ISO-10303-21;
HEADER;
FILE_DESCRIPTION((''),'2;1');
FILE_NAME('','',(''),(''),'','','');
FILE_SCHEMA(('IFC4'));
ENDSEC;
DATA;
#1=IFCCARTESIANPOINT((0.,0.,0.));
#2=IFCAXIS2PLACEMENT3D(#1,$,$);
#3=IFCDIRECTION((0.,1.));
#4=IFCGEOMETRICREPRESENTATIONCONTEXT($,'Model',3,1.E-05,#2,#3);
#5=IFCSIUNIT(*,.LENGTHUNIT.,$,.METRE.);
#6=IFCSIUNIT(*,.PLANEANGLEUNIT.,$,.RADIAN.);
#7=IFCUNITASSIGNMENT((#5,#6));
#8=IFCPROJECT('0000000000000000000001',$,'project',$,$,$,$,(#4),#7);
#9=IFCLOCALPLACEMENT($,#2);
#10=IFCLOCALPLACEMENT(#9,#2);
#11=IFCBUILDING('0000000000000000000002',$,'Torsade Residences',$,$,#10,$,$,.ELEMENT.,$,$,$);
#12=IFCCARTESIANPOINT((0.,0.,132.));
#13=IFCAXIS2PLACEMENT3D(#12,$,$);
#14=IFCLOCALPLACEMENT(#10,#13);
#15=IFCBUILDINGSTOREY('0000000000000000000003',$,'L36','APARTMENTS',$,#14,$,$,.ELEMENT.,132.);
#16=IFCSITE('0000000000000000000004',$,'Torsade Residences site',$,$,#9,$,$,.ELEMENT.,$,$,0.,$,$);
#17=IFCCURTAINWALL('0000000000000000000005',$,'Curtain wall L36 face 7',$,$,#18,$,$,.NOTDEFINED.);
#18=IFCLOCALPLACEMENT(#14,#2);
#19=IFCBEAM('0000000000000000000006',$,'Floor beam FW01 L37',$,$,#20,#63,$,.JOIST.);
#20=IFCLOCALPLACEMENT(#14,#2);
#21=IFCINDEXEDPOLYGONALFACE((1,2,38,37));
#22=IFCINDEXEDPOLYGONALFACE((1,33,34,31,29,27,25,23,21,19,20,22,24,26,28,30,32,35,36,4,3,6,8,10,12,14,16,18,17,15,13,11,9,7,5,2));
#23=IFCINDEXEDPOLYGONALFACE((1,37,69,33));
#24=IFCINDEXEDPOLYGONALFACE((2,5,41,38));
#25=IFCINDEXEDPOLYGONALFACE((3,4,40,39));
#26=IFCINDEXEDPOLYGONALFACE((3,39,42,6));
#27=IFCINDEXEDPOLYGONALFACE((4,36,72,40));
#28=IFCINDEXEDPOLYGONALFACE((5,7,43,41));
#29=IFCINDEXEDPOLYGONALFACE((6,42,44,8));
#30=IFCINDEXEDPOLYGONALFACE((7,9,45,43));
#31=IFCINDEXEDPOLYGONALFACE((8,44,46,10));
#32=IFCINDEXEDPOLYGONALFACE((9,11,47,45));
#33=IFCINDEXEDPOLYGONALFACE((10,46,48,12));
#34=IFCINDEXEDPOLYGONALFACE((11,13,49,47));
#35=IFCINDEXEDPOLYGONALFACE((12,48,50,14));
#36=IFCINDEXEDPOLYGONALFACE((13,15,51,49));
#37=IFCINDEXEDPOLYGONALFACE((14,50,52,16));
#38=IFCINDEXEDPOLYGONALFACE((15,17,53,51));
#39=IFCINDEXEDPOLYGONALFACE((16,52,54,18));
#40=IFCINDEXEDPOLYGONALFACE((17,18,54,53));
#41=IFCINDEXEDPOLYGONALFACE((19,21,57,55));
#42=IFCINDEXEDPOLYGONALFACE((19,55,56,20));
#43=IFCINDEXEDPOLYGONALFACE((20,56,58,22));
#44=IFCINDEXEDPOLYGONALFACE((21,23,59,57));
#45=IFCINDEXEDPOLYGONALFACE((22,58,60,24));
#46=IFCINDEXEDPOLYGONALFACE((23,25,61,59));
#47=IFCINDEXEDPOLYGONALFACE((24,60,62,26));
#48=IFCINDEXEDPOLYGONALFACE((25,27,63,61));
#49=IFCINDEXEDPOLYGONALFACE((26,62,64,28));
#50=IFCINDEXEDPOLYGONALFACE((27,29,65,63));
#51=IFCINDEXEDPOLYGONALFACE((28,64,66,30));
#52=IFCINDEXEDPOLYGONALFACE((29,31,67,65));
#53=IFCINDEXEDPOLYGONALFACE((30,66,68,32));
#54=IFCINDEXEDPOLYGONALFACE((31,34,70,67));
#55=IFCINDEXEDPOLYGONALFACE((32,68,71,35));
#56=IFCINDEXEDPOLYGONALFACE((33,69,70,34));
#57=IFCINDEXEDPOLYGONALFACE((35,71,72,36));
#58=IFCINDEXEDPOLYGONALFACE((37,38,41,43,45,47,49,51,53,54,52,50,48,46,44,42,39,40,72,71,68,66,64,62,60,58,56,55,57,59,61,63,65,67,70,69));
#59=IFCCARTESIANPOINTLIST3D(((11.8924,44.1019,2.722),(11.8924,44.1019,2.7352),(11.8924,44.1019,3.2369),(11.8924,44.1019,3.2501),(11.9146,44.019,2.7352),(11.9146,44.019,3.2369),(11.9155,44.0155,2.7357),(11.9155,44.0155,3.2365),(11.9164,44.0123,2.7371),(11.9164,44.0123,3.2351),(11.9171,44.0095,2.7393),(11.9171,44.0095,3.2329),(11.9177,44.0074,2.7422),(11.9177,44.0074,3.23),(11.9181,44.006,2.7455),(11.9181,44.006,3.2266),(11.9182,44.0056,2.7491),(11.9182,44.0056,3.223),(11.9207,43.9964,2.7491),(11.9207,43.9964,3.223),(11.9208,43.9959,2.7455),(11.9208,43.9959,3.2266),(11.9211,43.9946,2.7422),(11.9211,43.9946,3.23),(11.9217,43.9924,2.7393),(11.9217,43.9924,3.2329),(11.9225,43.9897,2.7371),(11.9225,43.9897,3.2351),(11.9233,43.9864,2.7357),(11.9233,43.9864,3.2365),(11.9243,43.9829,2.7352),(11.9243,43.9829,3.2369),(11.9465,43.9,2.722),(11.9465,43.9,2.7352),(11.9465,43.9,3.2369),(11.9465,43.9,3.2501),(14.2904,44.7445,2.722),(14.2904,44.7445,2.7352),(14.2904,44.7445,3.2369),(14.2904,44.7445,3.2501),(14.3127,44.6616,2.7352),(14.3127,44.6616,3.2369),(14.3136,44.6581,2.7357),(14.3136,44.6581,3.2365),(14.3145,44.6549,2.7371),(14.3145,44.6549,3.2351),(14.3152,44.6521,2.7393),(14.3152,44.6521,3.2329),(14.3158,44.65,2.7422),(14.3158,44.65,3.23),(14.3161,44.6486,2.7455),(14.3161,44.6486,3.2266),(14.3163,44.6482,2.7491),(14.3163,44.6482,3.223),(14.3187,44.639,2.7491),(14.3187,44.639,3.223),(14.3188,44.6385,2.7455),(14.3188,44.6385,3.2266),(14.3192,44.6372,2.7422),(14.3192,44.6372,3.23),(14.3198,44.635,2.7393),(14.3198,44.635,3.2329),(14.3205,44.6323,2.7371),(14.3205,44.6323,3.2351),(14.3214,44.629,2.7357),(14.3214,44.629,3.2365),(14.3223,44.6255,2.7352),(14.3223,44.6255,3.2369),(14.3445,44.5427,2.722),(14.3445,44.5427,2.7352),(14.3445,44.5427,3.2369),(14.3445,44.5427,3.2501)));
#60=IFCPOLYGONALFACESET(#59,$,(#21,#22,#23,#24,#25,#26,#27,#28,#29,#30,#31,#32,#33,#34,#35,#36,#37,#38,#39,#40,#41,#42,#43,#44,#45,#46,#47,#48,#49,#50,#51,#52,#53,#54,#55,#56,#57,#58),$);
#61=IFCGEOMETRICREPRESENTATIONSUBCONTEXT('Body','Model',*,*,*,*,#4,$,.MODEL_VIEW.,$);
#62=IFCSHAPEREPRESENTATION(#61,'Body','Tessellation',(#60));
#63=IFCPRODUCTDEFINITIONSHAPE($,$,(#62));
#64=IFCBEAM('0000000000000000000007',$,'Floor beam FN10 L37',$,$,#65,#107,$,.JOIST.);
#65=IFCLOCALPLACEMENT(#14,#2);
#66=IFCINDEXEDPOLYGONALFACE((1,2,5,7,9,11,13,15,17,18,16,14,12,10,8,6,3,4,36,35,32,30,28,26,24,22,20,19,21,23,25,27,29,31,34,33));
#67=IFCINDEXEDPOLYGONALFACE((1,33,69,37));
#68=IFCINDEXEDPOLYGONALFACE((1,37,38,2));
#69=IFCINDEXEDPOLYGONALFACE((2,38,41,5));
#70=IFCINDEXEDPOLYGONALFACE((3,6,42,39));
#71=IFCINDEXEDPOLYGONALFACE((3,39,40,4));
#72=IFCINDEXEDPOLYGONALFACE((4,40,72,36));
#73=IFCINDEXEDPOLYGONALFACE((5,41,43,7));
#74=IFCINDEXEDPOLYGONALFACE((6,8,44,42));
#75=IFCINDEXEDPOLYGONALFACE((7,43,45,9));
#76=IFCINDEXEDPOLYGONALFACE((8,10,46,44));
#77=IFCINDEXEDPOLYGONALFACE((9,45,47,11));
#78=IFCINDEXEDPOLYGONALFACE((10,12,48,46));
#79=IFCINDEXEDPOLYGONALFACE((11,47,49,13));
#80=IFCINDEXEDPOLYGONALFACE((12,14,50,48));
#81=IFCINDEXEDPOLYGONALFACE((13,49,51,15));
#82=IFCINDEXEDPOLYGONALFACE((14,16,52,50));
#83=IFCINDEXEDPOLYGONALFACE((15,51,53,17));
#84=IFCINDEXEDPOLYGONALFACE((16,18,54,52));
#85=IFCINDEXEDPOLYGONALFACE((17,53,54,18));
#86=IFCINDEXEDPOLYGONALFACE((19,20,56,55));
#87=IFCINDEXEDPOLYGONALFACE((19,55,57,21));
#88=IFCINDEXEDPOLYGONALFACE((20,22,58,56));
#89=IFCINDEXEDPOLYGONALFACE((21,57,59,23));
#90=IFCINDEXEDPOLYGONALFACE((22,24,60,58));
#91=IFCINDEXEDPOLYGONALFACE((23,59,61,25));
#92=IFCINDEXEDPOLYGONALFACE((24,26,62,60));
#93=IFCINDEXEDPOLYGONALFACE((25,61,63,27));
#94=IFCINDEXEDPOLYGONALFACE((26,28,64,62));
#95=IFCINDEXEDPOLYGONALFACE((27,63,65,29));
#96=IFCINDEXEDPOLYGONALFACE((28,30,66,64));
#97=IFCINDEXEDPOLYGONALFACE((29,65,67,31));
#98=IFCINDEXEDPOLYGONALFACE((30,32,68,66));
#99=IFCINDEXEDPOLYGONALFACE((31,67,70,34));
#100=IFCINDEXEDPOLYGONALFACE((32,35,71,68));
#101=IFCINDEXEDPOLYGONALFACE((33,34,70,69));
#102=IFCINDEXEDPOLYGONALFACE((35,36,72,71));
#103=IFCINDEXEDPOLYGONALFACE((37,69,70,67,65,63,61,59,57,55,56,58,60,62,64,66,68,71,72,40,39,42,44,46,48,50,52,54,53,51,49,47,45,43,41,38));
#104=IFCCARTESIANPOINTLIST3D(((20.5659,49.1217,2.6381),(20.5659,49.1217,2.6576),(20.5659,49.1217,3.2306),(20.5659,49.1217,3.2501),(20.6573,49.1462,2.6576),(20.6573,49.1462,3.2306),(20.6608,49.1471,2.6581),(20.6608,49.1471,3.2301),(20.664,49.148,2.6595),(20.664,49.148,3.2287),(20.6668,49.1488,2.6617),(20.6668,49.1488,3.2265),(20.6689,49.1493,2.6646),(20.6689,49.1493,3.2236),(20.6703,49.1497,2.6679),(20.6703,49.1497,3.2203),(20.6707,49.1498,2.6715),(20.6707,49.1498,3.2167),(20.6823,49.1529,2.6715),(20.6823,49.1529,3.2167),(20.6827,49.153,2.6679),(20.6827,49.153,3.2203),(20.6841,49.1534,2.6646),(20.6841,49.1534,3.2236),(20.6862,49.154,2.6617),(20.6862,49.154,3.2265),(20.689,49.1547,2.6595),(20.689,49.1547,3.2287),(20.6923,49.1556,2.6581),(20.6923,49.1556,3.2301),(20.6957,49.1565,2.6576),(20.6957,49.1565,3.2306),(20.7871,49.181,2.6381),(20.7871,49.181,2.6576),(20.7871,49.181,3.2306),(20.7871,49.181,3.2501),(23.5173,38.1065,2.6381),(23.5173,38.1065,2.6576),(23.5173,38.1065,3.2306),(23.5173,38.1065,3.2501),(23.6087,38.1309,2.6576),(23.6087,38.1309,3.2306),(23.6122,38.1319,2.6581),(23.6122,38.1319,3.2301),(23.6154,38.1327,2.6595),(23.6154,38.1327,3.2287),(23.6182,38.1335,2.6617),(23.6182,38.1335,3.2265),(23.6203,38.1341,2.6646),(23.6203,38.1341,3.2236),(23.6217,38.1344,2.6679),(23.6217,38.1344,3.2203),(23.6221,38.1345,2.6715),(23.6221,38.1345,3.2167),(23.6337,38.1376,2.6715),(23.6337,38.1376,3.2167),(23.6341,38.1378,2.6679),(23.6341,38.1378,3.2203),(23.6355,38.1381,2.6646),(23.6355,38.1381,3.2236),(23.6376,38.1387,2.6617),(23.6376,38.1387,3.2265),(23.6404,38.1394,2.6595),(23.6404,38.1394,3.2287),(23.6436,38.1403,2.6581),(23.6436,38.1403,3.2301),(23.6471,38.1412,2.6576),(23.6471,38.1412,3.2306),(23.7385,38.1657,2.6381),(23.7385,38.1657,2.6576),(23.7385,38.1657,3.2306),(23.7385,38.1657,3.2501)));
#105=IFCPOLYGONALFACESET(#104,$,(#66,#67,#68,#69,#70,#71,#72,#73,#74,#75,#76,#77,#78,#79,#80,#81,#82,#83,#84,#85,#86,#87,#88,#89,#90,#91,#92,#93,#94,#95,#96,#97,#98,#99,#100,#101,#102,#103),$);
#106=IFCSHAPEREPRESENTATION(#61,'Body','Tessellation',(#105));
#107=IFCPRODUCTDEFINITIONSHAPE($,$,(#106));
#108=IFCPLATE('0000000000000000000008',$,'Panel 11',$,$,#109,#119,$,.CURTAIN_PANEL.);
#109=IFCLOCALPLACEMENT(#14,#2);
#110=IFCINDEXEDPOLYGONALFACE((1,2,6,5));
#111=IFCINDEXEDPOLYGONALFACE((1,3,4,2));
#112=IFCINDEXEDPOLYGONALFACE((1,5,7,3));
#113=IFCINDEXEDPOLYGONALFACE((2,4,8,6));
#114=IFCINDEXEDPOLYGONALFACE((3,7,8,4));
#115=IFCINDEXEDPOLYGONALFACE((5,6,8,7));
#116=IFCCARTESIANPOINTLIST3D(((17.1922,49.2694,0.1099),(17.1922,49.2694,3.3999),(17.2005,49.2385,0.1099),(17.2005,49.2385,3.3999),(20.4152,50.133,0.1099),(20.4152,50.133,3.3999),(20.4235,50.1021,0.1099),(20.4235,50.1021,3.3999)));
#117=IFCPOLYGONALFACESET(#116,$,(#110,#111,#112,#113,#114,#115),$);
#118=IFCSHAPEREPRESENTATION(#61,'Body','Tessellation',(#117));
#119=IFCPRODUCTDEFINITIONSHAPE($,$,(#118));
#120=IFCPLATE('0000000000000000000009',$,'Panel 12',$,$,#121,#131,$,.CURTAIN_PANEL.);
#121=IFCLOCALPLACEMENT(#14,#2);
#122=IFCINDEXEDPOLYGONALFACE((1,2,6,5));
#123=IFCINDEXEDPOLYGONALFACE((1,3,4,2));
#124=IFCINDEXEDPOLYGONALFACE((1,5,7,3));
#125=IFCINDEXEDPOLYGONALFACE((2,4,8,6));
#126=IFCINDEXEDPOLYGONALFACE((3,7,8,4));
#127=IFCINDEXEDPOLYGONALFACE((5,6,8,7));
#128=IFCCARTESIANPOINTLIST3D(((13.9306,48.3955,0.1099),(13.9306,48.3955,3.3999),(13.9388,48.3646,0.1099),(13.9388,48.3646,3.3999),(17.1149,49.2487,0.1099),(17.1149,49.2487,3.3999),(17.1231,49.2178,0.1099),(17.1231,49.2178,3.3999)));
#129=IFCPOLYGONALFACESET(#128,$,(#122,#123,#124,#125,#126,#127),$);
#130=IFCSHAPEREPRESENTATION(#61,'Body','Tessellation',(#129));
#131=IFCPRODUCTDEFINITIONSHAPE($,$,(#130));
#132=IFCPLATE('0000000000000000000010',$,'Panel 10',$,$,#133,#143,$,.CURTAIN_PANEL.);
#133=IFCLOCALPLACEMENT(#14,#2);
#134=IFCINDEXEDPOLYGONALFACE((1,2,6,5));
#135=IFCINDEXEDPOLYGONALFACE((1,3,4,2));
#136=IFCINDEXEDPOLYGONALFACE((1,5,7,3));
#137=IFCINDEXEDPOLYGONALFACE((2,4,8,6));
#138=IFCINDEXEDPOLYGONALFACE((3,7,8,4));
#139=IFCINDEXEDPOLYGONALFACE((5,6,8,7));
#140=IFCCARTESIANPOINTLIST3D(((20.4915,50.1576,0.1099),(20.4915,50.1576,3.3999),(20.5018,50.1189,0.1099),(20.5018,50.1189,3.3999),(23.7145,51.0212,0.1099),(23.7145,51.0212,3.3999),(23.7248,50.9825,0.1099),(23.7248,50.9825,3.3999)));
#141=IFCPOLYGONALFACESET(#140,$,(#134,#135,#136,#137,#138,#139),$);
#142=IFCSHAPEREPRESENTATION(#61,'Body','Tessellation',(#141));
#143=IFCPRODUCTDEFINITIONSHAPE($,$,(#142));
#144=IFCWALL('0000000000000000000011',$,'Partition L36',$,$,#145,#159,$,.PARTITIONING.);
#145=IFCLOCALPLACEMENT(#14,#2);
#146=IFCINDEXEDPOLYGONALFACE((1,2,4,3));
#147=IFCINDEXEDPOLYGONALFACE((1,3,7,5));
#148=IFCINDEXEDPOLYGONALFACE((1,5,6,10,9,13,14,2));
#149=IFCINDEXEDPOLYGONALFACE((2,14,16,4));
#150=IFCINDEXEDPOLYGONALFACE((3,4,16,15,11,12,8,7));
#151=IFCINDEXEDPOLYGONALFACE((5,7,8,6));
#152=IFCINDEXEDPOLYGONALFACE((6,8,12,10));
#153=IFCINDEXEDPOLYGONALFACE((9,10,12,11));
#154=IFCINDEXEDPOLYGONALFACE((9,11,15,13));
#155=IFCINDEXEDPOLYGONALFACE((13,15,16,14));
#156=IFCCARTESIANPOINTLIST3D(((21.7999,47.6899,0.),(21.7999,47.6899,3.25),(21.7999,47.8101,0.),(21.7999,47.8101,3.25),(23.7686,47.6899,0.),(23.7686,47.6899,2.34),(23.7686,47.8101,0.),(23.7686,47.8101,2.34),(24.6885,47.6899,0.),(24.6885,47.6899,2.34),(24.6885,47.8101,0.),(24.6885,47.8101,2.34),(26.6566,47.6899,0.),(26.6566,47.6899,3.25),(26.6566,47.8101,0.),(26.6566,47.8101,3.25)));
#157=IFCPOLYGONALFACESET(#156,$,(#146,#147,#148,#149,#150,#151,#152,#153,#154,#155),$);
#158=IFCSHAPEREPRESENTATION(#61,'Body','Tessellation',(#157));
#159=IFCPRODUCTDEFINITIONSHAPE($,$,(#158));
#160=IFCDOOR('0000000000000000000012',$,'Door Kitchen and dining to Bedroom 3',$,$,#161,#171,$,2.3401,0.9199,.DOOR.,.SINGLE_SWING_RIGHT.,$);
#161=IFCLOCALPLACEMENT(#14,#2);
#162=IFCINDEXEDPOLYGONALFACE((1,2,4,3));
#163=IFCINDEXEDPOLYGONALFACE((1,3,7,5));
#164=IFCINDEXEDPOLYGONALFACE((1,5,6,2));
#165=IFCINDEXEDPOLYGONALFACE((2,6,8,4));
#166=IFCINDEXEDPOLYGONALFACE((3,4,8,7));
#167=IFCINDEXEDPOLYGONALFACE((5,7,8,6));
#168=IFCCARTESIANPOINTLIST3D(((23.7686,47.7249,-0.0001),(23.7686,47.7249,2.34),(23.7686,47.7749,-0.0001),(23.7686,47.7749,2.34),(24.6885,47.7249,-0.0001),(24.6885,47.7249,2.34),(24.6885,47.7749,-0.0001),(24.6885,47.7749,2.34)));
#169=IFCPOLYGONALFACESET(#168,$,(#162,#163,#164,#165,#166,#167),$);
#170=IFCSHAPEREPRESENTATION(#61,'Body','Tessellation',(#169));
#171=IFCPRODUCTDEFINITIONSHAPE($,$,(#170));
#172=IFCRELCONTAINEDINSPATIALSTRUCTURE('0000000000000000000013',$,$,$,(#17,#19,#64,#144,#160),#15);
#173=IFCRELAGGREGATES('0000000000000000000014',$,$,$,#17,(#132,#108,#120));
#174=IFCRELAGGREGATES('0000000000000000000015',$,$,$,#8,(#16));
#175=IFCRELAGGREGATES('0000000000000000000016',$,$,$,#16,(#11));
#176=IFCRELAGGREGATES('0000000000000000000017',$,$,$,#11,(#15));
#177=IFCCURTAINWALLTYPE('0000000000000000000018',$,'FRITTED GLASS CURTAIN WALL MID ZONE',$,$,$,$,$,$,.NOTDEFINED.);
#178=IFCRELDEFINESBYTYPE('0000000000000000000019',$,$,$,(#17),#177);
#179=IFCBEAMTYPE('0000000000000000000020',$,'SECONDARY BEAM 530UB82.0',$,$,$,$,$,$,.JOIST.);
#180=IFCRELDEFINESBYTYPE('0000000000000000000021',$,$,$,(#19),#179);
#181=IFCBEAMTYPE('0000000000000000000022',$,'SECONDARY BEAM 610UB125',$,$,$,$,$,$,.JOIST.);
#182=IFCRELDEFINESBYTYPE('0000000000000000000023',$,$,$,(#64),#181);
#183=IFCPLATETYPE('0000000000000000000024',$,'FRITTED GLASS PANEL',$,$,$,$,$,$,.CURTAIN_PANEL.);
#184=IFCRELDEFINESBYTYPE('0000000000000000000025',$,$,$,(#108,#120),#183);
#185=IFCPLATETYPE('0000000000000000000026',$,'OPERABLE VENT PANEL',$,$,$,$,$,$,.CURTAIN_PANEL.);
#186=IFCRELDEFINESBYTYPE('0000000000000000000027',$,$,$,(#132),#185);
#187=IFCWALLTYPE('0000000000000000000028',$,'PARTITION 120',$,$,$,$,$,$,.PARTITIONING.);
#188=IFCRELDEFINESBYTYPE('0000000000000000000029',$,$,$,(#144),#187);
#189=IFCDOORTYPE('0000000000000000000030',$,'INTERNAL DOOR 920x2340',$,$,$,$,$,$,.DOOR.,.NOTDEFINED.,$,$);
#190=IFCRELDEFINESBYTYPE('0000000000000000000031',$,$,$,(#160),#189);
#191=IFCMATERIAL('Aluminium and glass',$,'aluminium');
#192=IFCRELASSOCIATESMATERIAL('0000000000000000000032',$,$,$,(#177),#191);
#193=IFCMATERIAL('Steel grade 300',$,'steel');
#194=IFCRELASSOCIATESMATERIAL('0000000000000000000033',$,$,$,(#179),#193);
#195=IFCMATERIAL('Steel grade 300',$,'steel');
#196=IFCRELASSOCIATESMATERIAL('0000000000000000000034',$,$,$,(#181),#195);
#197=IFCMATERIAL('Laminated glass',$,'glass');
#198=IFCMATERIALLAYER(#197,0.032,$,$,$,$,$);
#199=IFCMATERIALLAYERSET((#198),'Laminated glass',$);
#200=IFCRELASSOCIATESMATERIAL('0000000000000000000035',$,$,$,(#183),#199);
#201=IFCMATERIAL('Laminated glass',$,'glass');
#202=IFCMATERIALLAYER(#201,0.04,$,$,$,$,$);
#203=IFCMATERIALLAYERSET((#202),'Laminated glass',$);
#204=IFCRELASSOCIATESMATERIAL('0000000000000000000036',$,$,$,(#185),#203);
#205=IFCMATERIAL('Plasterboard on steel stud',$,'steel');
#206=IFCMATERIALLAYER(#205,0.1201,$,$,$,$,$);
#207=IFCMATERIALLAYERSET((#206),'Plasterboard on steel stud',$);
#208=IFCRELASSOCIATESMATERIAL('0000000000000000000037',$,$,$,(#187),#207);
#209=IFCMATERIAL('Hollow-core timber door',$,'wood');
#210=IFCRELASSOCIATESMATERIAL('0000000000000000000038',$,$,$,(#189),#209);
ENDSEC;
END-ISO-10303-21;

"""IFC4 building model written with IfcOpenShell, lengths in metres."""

from ifc_helpers import new_model, si_unit, direction, frame, frame_2d, origin, origin_2d, place, context, subcontext, project, spatial, rectangle, i_section, extrude, material, layer, layer_set, material_profile, profile_set, type_object, element, fill, aggregate, save


model = new_model("IFC4")

# Units and contexts
model_context = context("Model", 3, precision=1e-05, world=origin(), true_north=direction((0.0, 1.0)))
body_context = subcontext(model_context, "Body", "Model", "MODEL_VIEW")
ifc_project = project(units=[si_unit("LENGTHUNIT", "METRE"), si_unit("PLANEANGLEUNIT", "RADIAN")], contexts=[model_context])

# Site, building, storey
site_placement = place(None, origin())
site = spatial("IfcSite", under=ifc_project, at=site_placement, Name="Torsade Residences site", CompositionType="ELEMENT", RefElevation=0.0)
building_placement = place(site_placement, origin())
building = spatial("IfcBuilding", under=site, at=building_placement, Name="Torsade Residences", CompositionType="ELEMENT")
storey_placement = place(building_placement, frame((0.0, 0.0, 132.0)))
storey = spatial("IfcBuildingStorey", under=building, at=storey_placement, Name="L36", Description="APARTMENTS", CompositionType="ELEMENT", Elevation=132.0)

# Curtain wall
ifc_material_1 = material(Name="Aluminium and glass", Category="aluminium")
curtain_wall_type = type_object("IfcCurtainWallType", Name="FRITTED GLASS CURTAIN WALL MID ZONE", PredefinedType="NOTDEFINED", material=ifc_material_1)
curtain_wall_1_placement = place(storey_placement, origin())
curtain_wall_1 = element("IfcCurtainWall", 1, at=curtain_wall_1_placement, inside=storey, type_object=curtain_wall_type, Name="Curtain wall L36 face 7", PredefinedType="NOTDEFINED")

# Beams
ifc_material_2 = material(Name="Steel grade 300", Category="steel")
ifc_material_profile_1 = material_profile(ifc_material_2, i_section(OverallWidth=0.209, OverallDepth=0.5281, WebThickness=0.0095, FlangeThickness=0.0132, FilletRadius=0.0139, at=origin_2d()), Name="530UB82.0")
ifc_profile_set_1 = profile_set([ifc_material_profile_1], Name="Steel grade 300")
beam_type_1 = type_object("IfcBeamType", Name="SECONDARY BEAM 530UB82.0", PredefinedType="JOIST", material=ifc_profile_set_1)
beam_1_placement = place(storey_placement, frame((11.9194, 44.001, 2.9861), z_axis=(0.965921, 0.258838, 0.0), x_axis=(-0.258838, 0.965921, 0.0)))
element("IfcBeam", 2, at=beam_1_placement, inside=storey, type_object=beam_type_1, Name="Floor beam FW01 L37", PredefinedType="JOIST", context=body_context, shape_type="SweptSolid", body=[
    extrude(i_section(OverallWidth=0.209, OverallDepth=0.5281, WebThickness=0.0095, FlangeThickness=0.0132, FilletRadius=0.0139, at=origin_2d()), origin(), (0.0, 0.0, 1.0), 2.4827),
])
ifc_material_3 = material(Name="Steel grade 300", Category="steel")
ifc_material_profile_2 = material_profile(ifc_material_3, i_section(OverallWidth=0.229, OverallDepth=0.6121, WebThickness=0.012, FlangeThickness=0.0195, FilletRadius=0.0139, at=origin_2d()), Name="610UB125")
ifc_profile_set_2 = profile_set([ifc_material_profile_2], Name="Steel grade 300")
beam_type_2 = type_object("IfcBeamType", Name="SECONDARY BEAM 610UB125", PredefinedType="JOIST", material=ifc_profile_set_2)
beam_2_placement = place(storey_placement, frame((20.6765, 49.1514, 2.9441), z_axis=(0.258807, -0.965929, 0.0), x_axis=(0.965929, 0.258807, 0.0)))
element("IfcBeam", 3, at=beam_2_placement, inside=storey, type_object=beam_type_2, Name="Floor beam FN10 L37", PredefinedType="JOIST", context=body_context, shape_type="SweptSolid", body=[
    extrude(i_section(OverallWidth=0.229, OverallDepth=0.6121, WebThickness=0.012, FlangeThickness=0.0195, FilletRadius=0.0139, at=origin_2d()), origin(), (0.0, 0.0, 1.0), 11.4038),
])

# Plates
ifc_material_4 = material(Name="Laminated glass", Category="glass")
ifc_layer_1 = layer(ifc_material_4, 0.032)
ifc_layer_set_1 = layer_set([ifc_layer_1], Name="Laminated glass")
plate_type_1 = type_object("IfcPlateType", Name="FRITTED GLASS PANEL", PredefinedType="CURTAIN_PANEL", material=ifc_layer_set_1)
plate_1_placement = place(storey_placement, frame((18.8079, 49.6858, 0.1099), z_axis=(0.0, 0.0, 1.0), x_axis=(-0.965926, -0.258819, 0.0)))
plate_1 = element("IfcPlate", 4, at=plate_1_placement, type_object=plate_type_1, Name="Panel 11", PredefinedType="CURTAIN_PANEL", context=body_context, shape_type="SweptSolid", body=[
    extrude(rectangle(XDim=3.3367, YDim=0.032, at=origin_2d()), origin(), (0.0, 0.0, 1.0), 3.29),
])
plate_2_placement = place(storey_placement, frame((15.5269, 48.8066, 0.1099), z_axis=(0.0, 0.0, 1.0), x_axis=(-0.965926, -0.258819, 0.0)))
plate_2 = element("IfcPlate", 5, at=plate_2_placement, type_object=plate_type_1, Name="Panel 12", PredefinedType="CURTAIN_PANEL", context=body_context, shape_type="SweptSolid", body=[
    extrude(rectangle(XDim=3.2966, YDim=0.032, at=origin_2d()), origin(), (0.0, 0.0, 1.0), 3.29),
])
ifc_material_5 = material(Name="Laminated glass", Category="glass")
ifc_layer_2 = layer(ifc_material_5, 0.04)
ifc_layer_set_2 = layer_set([ifc_layer_2], Name="Laminated glass")
plate_type_2 = type_object("IfcPlateType", Name="OPERABLE VENT PANEL", PredefinedType="CURTAIN_PANEL", material=ifc_layer_set_2)
plate_3_placement = place(storey_placement, frame((22.1082, 50.5701, 0.1099), z_axis=(0.0, 0.0, 1.0), x_axis=(-0.965926, -0.258819, 0.0)))
plate_3 = element("IfcPlate", 6, at=plate_3_placement, type_object=plate_type_2, Name="Panel 10", PredefinedType="CURTAIN_PANEL", context=body_context, shape_type="SweptSolid", body=[
    extrude(rectangle(XDim=3.3367, YDim=0.04, at=origin_2d()), origin(), (0.0, 0.0, 1.0), 3.29),
])
aggregate(curtain_wall_1, [plate_3, plate_1, plate_2])

# Wall, opening, door
ifc_material_6 = material(Name="Plasterboard on steel stud", Category="steel")
ifc_layer_3 = layer(ifc_material_6, 0.1201)
ifc_layer_set_3 = layer_set([ifc_layer_3], Name="Plasterboard on steel stud")
wall_type_1 = type_object("IfcWallType", Name="PARTITION 120", PredefinedType="PARTITIONING", material=ifc_layer_set_3)
wall_1_placement = place(storey_placement, frame((21.8, 47.75, 0.0), z_axis=(0.0, 0.0, 1.0), x_axis=(1.0, 0.0, 0.0)))
wall_1 = element("IfcWall", 7, at=wall_1_placement, inside=storey, type_object=wall_type_1, Name="Partition L36", PredefinedType="PARTITIONING", context=body_context, shape_type="SweptSolid", body=[
    extrude(rectangle(XDim=4.8567, YDim=0.1201, at=frame_2d((2.4282, 0.0))), origin(), (0.0, 0.0, 1.0), 3.25),
])
opening_1_placement = place(wall_1_placement, frame((1.9685, 0.0, 0.0)))
opening_1 = element("IfcOpeningElement", 8, at=opening_1_placement, cuts=wall_1, PredefinedType="OPENING", context=body_context, shape_type="SweptSolid", body=[
    extrude(rectangle(XDim=0.9199, YDim=2.3401, at=frame_2d((0.46, 1.1699))), frame((0.0, 0.0701, 0.0), z_axis=(0.0, -1.0, 0.0), x_axis=(1.0, 0.0, 0.0)), (0.0, 0.0, 1.0), 0.1401),
])
ifc_material_7 = material(Name="Hollow-core timber door", Category="wood")
door_type_1 = type_object("IfcDoorType", Name="INTERNAL DOOR 920x2340", OperationType="NOTDEFINED", PredefinedType="DOOR", material=ifc_material_7)
door_1_placement = place(opening_1_placement, origin())
door_1 = element("IfcDoor", 9, at=door_1_placement, inside=storey, type_object=door_type_1, Name="Door Kitchen and dining to Bedroom 3", OperationType="SINGLE_SWING_RIGHT", OverallHeight=2.3401, OverallWidth=0.9199, PredefinedType="DOOR", context=body_context, shape_type="SweptSolid", body=[
    extrude(rectangle(XDim=0.9199, YDim=2.3401, at=frame_2d((0.46, 1.1699))), frame((0.0, 0.0249, 0.0), z_axis=(0.0, -1.0, 0.0), x_axis=(1.0, 0.0, 0.0)), (0.0, 0.0, 1.0), 0.05),
])
fill(opening_1, door_1)

save(model, "model.ifc")
